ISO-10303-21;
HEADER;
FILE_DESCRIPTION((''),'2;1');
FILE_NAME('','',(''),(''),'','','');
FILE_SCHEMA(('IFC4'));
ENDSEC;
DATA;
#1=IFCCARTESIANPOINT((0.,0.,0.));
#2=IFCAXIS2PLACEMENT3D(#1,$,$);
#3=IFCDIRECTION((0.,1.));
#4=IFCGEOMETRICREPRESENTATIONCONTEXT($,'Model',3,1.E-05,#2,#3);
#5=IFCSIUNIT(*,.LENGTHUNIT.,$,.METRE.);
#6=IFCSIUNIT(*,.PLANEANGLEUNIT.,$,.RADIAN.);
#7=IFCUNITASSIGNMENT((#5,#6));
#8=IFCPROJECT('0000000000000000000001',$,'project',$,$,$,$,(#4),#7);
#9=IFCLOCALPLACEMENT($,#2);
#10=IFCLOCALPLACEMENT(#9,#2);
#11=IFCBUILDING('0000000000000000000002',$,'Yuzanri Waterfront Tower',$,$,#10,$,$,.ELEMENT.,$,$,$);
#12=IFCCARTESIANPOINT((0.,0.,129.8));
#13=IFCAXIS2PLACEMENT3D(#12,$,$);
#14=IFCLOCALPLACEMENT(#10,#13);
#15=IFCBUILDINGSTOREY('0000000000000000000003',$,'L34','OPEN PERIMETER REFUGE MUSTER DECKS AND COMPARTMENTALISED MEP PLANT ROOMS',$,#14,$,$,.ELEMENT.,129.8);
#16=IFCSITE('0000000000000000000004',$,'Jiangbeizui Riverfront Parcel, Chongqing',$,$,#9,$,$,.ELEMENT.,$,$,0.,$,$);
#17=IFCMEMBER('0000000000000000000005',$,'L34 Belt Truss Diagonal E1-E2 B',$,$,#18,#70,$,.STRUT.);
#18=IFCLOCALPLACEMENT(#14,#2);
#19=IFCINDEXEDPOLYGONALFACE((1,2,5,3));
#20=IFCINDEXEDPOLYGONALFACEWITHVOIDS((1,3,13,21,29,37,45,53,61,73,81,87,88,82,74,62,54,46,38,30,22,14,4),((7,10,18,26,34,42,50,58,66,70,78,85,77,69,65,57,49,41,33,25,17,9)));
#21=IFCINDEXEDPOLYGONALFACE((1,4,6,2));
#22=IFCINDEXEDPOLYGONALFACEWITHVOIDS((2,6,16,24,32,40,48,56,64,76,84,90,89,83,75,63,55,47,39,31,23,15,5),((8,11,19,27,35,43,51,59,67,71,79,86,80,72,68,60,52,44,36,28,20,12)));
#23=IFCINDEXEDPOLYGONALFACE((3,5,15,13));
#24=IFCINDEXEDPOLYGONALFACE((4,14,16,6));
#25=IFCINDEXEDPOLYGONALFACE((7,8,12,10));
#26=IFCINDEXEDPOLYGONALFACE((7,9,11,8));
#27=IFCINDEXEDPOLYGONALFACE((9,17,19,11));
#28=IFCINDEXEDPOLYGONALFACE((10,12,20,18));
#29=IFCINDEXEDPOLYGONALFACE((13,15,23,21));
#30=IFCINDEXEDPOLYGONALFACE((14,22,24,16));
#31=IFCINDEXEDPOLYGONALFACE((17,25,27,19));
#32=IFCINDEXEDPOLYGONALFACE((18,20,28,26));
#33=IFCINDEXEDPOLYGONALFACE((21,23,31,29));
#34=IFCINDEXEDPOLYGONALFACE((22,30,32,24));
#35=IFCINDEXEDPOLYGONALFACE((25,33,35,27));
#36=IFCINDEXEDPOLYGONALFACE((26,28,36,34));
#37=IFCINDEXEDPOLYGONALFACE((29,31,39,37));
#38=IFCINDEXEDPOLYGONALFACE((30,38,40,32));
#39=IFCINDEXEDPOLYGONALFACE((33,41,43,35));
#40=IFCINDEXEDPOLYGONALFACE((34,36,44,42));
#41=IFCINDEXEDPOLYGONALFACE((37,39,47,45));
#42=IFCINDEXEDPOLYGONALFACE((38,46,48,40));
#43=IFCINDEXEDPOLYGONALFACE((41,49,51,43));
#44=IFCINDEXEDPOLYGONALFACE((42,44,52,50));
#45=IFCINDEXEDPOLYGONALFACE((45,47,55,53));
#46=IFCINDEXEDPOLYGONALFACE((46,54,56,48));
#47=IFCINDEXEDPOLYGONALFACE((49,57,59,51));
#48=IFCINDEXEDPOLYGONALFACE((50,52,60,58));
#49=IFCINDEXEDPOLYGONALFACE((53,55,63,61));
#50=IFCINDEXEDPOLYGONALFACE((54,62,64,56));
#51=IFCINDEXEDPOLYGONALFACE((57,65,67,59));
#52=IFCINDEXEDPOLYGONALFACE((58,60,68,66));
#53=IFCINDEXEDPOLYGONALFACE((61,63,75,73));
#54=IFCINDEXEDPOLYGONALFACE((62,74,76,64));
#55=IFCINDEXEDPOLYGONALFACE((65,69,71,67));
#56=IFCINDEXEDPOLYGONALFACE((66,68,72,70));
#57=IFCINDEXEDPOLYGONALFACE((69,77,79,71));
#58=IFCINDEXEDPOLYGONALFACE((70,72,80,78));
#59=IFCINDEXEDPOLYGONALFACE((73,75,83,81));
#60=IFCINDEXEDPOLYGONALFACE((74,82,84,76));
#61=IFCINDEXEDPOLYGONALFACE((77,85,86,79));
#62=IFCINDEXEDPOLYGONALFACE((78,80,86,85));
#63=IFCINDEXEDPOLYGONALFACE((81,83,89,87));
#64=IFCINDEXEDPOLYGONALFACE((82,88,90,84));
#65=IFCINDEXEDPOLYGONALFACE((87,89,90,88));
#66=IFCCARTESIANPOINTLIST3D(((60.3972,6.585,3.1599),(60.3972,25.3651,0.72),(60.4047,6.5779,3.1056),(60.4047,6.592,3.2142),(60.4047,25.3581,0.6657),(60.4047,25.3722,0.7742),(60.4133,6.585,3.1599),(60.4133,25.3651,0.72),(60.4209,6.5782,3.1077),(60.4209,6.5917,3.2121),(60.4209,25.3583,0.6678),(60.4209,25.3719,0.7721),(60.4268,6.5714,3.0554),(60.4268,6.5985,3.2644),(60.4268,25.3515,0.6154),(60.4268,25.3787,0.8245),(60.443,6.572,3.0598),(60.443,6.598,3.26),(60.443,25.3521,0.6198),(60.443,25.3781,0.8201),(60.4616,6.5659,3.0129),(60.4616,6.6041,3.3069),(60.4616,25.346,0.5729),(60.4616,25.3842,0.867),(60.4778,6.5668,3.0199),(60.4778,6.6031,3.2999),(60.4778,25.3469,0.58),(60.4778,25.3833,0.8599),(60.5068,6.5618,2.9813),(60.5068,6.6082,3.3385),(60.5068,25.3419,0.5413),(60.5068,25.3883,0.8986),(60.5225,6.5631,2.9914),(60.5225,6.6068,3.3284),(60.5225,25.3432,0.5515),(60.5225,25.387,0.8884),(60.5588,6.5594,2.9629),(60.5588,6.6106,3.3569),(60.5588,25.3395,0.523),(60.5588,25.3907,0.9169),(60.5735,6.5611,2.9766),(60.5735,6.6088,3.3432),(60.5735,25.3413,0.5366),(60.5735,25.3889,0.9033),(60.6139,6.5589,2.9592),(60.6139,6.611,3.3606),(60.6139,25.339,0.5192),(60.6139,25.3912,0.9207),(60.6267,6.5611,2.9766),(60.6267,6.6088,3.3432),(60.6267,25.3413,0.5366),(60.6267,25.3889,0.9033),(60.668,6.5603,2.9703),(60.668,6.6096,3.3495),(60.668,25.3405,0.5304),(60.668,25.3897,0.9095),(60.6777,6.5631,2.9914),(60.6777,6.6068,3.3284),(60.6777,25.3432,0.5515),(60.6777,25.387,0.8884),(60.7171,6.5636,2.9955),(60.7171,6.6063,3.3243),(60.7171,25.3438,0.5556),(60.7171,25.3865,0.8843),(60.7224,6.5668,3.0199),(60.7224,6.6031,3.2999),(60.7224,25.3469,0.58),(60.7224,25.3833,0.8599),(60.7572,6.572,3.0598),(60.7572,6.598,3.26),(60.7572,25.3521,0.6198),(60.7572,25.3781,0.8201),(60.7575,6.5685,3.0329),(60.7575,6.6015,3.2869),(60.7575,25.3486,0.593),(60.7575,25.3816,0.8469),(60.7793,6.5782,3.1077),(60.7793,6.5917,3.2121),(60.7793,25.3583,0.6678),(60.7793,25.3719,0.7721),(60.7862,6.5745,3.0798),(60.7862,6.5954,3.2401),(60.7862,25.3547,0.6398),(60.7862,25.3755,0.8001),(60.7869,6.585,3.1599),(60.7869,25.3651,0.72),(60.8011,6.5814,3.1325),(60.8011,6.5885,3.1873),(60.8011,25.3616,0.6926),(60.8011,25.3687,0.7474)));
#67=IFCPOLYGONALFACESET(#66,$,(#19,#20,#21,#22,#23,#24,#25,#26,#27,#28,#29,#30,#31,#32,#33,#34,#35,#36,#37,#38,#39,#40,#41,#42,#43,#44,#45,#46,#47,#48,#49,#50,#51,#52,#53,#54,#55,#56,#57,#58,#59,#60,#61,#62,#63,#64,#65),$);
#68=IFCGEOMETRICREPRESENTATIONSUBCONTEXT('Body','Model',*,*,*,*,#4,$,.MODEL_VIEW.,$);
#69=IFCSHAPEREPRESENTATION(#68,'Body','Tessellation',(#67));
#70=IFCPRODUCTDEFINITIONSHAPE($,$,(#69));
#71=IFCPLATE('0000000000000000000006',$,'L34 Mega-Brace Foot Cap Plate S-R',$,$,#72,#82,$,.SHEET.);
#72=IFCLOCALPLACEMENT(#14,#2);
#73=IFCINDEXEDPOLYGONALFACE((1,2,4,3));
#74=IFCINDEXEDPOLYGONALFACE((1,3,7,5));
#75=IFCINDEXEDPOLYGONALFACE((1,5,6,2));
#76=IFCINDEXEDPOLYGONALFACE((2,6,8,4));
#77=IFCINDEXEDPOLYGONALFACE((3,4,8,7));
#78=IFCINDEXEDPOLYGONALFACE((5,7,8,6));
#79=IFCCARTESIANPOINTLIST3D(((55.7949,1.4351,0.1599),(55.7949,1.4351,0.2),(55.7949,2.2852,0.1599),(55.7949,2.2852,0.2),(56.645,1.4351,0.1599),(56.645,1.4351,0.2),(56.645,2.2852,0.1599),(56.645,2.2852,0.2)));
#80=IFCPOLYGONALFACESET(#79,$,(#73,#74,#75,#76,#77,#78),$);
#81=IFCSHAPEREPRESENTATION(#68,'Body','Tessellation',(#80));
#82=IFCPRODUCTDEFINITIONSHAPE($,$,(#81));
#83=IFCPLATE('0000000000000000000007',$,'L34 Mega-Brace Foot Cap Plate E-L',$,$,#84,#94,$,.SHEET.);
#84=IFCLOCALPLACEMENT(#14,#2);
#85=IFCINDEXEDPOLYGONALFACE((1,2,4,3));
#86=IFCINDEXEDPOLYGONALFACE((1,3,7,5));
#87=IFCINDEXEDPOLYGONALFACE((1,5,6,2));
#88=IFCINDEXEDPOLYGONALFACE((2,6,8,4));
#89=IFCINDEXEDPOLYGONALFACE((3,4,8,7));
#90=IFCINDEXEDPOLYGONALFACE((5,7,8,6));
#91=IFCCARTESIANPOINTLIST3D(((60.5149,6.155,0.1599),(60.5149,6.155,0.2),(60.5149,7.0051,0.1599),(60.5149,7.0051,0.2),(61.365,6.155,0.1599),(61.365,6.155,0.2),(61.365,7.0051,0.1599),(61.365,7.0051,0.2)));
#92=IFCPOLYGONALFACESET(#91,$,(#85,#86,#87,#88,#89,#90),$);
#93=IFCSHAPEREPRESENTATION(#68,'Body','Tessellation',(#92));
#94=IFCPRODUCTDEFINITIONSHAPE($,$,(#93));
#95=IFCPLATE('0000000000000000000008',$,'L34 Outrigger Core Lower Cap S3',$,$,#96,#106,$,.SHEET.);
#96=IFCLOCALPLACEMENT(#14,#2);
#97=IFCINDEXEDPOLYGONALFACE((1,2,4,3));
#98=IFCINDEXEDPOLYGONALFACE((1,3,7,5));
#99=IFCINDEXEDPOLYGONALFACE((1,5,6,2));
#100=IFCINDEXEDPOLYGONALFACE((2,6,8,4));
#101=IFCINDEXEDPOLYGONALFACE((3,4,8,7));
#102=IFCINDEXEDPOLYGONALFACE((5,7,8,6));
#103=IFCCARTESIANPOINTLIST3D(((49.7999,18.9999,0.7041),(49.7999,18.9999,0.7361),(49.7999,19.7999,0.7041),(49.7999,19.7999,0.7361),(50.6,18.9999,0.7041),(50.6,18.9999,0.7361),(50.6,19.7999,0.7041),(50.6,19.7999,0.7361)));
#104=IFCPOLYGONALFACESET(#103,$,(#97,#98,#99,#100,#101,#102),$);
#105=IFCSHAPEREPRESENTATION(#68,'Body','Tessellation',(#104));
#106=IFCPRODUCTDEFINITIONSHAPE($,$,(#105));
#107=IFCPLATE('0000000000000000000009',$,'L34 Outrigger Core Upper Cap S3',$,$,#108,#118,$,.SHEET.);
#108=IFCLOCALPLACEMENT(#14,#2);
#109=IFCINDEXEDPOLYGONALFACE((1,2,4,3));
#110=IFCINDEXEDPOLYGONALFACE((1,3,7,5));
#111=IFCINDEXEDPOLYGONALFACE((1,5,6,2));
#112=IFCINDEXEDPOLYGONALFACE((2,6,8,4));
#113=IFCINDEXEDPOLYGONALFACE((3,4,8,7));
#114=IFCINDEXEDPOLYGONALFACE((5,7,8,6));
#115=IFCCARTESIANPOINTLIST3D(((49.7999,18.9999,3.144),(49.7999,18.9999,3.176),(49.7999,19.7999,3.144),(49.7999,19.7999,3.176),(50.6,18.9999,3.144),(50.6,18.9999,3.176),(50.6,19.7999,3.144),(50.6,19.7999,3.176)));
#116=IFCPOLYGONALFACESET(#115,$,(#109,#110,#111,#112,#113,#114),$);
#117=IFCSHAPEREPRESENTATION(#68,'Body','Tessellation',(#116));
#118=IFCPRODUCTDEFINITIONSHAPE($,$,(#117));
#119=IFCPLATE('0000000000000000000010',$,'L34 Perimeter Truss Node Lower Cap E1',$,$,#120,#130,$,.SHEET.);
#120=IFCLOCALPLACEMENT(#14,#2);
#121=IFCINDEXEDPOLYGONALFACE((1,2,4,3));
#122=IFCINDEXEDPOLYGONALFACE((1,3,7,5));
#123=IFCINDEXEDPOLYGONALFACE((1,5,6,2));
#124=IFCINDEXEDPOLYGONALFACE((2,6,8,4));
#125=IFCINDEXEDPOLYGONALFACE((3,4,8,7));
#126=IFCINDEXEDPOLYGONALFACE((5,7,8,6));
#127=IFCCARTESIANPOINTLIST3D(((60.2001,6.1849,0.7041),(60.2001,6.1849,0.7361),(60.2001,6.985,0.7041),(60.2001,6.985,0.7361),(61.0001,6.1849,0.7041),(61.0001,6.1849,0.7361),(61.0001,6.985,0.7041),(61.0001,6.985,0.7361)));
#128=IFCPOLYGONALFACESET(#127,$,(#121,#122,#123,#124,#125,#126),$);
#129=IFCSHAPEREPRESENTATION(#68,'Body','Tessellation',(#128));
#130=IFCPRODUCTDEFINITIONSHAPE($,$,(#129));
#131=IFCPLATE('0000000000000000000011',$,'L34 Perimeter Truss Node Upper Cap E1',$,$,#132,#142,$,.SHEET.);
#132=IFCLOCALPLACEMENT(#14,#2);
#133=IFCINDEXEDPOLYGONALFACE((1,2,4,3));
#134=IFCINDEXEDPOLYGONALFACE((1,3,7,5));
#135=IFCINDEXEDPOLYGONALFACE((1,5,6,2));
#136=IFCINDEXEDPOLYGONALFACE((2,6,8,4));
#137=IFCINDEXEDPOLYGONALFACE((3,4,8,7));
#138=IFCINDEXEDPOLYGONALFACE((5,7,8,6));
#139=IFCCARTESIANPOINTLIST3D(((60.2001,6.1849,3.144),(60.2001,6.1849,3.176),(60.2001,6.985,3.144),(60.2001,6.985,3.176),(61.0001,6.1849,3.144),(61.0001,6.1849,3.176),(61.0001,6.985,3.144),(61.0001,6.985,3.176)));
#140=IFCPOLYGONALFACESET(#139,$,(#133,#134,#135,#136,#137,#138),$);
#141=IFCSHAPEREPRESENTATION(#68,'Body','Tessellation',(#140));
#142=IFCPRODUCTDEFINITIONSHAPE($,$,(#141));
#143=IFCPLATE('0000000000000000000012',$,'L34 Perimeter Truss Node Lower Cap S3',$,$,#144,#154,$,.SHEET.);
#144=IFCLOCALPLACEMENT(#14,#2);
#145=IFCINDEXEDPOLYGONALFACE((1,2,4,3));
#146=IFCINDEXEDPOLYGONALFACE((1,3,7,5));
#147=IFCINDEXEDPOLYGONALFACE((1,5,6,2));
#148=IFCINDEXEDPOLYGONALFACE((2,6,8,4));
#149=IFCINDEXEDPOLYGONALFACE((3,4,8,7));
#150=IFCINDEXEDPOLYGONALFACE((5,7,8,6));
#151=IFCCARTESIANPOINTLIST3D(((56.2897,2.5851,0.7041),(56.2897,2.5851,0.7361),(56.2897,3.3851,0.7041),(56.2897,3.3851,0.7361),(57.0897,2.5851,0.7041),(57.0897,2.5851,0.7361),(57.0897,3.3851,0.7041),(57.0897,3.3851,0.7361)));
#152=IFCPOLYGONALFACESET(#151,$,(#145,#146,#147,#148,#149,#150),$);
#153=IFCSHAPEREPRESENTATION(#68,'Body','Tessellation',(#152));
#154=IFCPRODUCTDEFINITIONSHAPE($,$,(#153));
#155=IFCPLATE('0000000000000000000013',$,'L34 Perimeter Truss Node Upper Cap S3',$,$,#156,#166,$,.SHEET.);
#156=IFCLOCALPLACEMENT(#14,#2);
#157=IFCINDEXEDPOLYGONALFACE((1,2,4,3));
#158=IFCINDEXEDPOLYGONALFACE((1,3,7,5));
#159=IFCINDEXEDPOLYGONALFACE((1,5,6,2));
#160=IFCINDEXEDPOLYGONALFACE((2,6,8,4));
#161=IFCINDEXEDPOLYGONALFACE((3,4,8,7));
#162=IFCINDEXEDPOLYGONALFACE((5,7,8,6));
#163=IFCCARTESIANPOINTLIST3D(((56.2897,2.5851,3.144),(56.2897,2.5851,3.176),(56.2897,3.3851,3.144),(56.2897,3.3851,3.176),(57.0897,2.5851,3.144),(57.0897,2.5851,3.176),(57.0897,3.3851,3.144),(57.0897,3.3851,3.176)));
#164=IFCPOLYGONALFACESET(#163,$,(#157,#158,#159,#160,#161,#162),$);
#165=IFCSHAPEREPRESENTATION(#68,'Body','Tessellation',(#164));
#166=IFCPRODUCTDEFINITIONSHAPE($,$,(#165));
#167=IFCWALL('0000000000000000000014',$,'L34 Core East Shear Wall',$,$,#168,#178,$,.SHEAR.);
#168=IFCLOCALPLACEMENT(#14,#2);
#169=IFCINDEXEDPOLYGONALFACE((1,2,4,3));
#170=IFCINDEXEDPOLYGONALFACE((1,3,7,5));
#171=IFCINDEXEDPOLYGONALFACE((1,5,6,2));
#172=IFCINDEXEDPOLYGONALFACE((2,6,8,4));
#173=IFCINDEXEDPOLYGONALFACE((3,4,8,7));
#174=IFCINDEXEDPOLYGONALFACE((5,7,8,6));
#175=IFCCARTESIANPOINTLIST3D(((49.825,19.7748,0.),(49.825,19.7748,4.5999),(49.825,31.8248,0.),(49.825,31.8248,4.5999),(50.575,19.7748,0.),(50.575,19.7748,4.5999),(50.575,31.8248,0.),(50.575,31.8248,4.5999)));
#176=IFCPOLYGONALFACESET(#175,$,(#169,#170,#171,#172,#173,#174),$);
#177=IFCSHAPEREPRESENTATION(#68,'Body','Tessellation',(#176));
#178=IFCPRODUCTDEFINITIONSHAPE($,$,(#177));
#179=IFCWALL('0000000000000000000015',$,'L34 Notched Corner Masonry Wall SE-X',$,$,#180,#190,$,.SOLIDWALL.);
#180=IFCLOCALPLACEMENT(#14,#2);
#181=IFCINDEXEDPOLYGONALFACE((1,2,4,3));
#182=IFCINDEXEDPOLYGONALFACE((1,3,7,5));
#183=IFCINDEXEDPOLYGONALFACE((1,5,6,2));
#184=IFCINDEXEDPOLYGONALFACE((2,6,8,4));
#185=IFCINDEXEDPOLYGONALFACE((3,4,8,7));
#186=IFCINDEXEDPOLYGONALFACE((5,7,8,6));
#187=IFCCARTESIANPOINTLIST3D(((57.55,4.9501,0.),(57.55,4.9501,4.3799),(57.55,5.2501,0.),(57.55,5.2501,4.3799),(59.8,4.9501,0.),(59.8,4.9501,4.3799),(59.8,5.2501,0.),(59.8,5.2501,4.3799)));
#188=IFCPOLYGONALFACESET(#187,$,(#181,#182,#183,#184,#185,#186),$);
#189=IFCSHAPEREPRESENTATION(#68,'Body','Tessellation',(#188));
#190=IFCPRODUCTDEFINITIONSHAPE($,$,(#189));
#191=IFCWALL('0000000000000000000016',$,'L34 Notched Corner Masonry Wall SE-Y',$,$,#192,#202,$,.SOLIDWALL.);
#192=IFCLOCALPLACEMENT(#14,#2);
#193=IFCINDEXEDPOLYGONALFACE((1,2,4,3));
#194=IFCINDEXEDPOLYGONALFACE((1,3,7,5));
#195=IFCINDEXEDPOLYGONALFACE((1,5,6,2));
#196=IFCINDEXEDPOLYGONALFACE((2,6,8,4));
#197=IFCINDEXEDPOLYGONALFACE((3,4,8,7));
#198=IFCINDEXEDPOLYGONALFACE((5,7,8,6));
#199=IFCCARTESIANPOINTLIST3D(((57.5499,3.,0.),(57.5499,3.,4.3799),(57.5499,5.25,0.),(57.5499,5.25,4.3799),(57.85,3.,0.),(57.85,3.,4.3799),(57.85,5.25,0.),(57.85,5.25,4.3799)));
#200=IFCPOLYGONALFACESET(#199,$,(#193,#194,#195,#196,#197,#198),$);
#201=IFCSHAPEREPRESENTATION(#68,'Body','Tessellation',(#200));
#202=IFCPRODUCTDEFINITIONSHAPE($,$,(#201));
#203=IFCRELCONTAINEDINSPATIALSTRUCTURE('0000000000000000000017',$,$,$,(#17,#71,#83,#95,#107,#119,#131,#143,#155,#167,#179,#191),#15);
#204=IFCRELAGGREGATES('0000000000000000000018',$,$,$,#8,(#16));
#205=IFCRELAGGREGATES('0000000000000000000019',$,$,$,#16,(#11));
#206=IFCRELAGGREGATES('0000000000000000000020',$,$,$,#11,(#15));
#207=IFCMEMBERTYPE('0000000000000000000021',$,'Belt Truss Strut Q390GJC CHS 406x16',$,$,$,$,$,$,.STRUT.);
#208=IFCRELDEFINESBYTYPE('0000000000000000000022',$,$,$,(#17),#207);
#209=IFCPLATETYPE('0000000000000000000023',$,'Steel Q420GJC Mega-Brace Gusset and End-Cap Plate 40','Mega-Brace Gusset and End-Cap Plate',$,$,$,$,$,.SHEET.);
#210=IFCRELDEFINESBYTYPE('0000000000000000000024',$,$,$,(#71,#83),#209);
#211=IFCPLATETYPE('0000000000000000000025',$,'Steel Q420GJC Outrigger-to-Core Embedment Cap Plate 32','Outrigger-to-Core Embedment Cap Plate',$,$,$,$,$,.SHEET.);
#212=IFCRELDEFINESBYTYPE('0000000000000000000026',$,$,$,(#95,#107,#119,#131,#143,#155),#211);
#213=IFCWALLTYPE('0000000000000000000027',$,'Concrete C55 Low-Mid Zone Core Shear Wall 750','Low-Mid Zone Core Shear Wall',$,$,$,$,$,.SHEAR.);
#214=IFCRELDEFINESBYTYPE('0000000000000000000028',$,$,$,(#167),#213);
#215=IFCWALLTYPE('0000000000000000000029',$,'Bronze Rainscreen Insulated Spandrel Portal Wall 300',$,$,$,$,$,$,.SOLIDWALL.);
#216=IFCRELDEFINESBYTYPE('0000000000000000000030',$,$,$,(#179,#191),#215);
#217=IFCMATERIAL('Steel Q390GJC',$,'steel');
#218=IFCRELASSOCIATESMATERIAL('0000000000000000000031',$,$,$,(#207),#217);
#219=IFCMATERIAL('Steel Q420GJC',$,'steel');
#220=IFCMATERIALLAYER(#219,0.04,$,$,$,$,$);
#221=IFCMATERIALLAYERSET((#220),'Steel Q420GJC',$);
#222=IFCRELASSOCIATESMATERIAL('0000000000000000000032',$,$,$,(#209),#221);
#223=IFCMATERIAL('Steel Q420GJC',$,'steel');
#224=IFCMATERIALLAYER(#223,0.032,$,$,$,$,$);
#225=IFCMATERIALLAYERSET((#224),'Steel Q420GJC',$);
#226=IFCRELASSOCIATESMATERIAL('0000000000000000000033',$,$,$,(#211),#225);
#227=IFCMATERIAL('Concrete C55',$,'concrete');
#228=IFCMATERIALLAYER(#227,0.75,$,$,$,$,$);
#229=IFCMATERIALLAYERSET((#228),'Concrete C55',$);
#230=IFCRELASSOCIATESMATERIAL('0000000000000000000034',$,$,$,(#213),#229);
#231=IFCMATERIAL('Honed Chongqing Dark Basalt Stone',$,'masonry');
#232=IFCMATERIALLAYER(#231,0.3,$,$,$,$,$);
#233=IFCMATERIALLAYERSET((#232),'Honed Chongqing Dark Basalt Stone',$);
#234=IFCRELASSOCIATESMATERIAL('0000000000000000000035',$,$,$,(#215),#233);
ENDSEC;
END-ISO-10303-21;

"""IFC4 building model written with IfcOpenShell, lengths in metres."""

from ifc_helpers import new_model, si_unit, direction, frame, frame_2d, origin, origin_2d, place, context, subcontext, project, spatial, rectangle, hollow_circle, extrude, source, transform, mapped, material, layer, layer_set, material_profile, profile_set, type_object, element, save


model = new_model("IFC4")

# Units and contexts
model_context = context("Model", 3, precision=1e-05, world=origin(), true_north=direction((0.0, 1.0)))
body_context = subcontext(model_context, "Body", "Model", "MODEL_VIEW")
ifc_project = project(units=[si_unit("LENGTHUNIT", "METRE"), si_unit("PLANEANGLEUNIT", "RADIAN")], contexts=[model_context])

# Site, building, storey
site_placement = place(None, origin())
site = spatial("IfcSite", under=ifc_project, at=site_placement, Name="Jiangbeizui Riverfront Parcel, Chongqing", CompositionType="ELEMENT", RefElevation=0.0)
building_placement = place(site_placement, origin())
building = spatial("IfcBuilding", under=site, at=building_placement, Name="Yuzanri Waterfront Tower", CompositionType="ELEMENT")
storey_placement = place(building_placement, frame((0.0, 0.0, 129.8)))
storey = spatial("IfcBuildingStorey", under=building, at=storey_placement, Name="L34", Description="OPEN PERIMETER REFUGE MUSTER DECKS AND COMPARTMENTALISED MEP PLANT ROOMS", CompositionType="ELEMENT", Elevation=129.8)

# Member
ifc_material_1 = material(Name="Steel Q390GJC", Category="steel")
ifc_material_profile_1 = material_profile(ifc_material_1, hollow_circle(Radius=0.2029, WallThickness=0.0161, at=origin_2d()), Name="CHS 406x16")
ifc_profile_set_1 = profile_set([ifc_material_profile_1], Name="Steel Q390GJC")
member_type_1 = type_object("IfcMemberType", Name="Belt Truss Strut Q390GJC CHS 406x16", PredefinedType="STRUT", material=ifc_profile_set_1)
shared_shape_1 = source(origin(), body_context, "Body", "SweptSolid", [
    extrude(hollow_circle(Radius=0.2029, WallThickness=0.0161, at=origin_2d()), origin(), (0.0, 0.0, 1.0), 18.938),
])
for number, where, z_axis, x_axis, name in (
    (1, (60.6001, 6.585, 3.1599), (0.0, 0.991665, -0.128839), (-1.0, 0.0, 0.0), "L34 Belt Truss Diagonal E1-E2 B"),
):
    element("IfcMember", number, at=place(storey_placement, frame(where, z_axis=z_axis, x_axis=x_axis)), inside=storey, type_object=member_type_1, Name=name, PredefinedType="STRUT", context=body_context, shape_type="MappedRepresentation", body=[
        mapped(shared_shape_1, transform((0.0, 0.0, 0.0), scale=1.0)),
    ])

# Plates
ifc_material_2 = material(Name="Steel Q420GJC", Category="steel")
ifc_layer_1 = layer(ifc_material_2, 0.04)
ifc_layer_set_1 = layer_set([ifc_layer_1], Name="Steel Q420GJC")
plate_type_1 = type_object("IfcPlateType", Name="Steel Q420GJC Mega-Brace Gusset and End-Cap Plate 40", Description="Mega-Brace Gusset and End-Cap Plate", PredefinedType="SHEET", material=ifc_layer_set_1)
shared_shape_2 = source(origin(), body_context, "Body", "SweptSolid", [
    extrude(rectangle(XDim=0.8501, YDim=0.8501, at=origin_2d()), origin(), (0.0, 0.0, 1.0), 0.04),
])
for number, where, z_axis, x_axis, name in (
    (2, (56.22, 1.8601, 0.1599), (0.0, 0.0, 1.0), (1.0, 0.0, 0.0), "L34 Mega-Brace Foot Cap Plate S-R"),
    (3, (60.9399, 6.5801, 0.1599), (0.0, 0.0, 1.0), (1.0, 0.0, 0.0), "L34 Mega-Brace Foot Cap Plate E-L"),
):
    element("IfcPlate", number, at=place(storey_placement, frame(where, z_axis=z_axis, x_axis=x_axis)), inside=storey, type_object=plate_type_1, Name=name, PredefinedType="SHEET", context=body_context, shape_type="MappedRepresentation", body=[
        mapped(shared_shape_2, transform((0.0, 0.0, 0.0), scale=1.0)),
    ])
ifc_material_3 = material(Name="Steel Q420GJC", Category="steel")
ifc_layer_2 = layer(ifc_material_3, 0.032)
ifc_layer_set_2 = layer_set([ifc_layer_2], Name="Steel Q420GJC")
plate_type_2 = type_object("IfcPlateType", Name="Steel Q420GJC Outrigger-to-Core Embedment Cap Plate 32", Description="Outrigger-to-Core Embedment Cap Plate", PredefinedType="SHEET", material=ifc_layer_set_2)
shared_shape_3 = source(origin(), body_context, "Body", "SweptSolid", [
    extrude(rectangle(XDim=0.8, YDim=0.8, at=origin_2d()), origin(), (0.0, 0.0, 1.0), 0.032),
])
for number, where, z_axis, x_axis, name in (
    (4, (50.2, 19.3999, 0.7041), (0.0, 0.0, 1.0), (1.0, 0.0, 0.0), "L34 Outrigger Core Lower Cap S3"),
    (5, (50.2, 19.3999, 3.144), (0.0, 0.0, 1.0), (1.0, 0.0, 0.0), "L34 Outrigger Core Upper Cap S3"),
    (6, (60.6001, 6.585, 0.7041), (0.0, 0.0, 1.0), (1.0, 0.0, 0.0), "L34 Perimeter Truss Node Lower Cap E1"),
    (7, (60.6001, 6.585, 3.144), (0.0, 0.0, 1.0), (1.0, 0.0, 0.0), "L34 Perimeter Truss Node Upper Cap E1"),
    (8, (56.6897, 2.9851, 0.7041), (0.0, 0.0, 1.0), (1.0, 0.0, 0.0), "L34 Perimeter Truss Node Lower Cap S3"),
    (9, (56.6897, 2.9851, 3.144), (0.0, 0.0, 1.0), (1.0, 0.0, 0.0), "L34 Perimeter Truss Node Upper Cap S3"),
):
    element("IfcPlate", number, at=place(storey_placement, frame(where, z_axis=z_axis, x_axis=x_axis)), inside=storey, type_object=plate_type_2, Name=name, PredefinedType="SHEET", context=body_context, shape_type="MappedRepresentation", body=[
        mapped(shared_shape_3, transform((0.0, 0.0, 0.0), scale=1.0)),
    ])

# Walls
ifc_material_4 = material(Name="Concrete C55", Category="concrete")
ifc_layer_3 = layer(ifc_material_4, 0.75)
ifc_layer_set_3 = layer_set([ifc_layer_3], Name="Concrete C55")
wall_type_1 = type_object("IfcWallType", Name="Concrete C55 Low-Mid Zone Core Shear Wall 750", Description="Low-Mid Zone Core Shear Wall", PredefinedType="SHEAR", material=ifc_layer_set_3)
shared_shape_4 = source(origin(), body_context, "Body", "SweptSolid", [
    extrude(rectangle(XDim=12.05, YDim=0.75, at=frame_2d((6.0249, 0.0))), origin(), (0.0, 0.0, 1.0), 4.5999),
])
wall_placement = place(storey_placement, frame((50.2, 19.7749, 0.0), z_axis=(0.0, 0.0, 1.0), x_axis=(0.0, 1.0, 0.0)))
element("IfcWall", 10, at=wall_placement, inside=storey, type_object=wall_type_1, Name="L34 Core East Shear Wall", PredefinedType="SHEAR", context=body_context, shape_type="MappedRepresentation", body=[
    mapped(shared_shape_4, transform((0.0, 0.0, 0.0), scale=1.0)),
])
ifc_material_5 = material(Name="Honed Chongqing Dark Basalt Stone", Category="masonry")
ifc_layer_4 = layer(ifc_material_5, 0.3)
ifc_layer_set_4 = layer_set([ifc_layer_4], Name="Honed Chongqing Dark Basalt Stone")
wall_type_2 = type_object("IfcWallType", Name="Bronze Rainscreen Insulated Spandrel Portal Wall 300", PredefinedType="SOLIDWALL", material=ifc_layer_set_4)
shared_shape_5 = source(origin(), body_context, "Body", "SweptSolid", [
    extrude(rectangle(XDim=2.25, YDim=0.3, at=frame_2d((1.125, 0.0))), origin(), (0.0, 0.0, 1.0), 4.3799),
])
for number, where, z_axis, x_axis, name in (
    (11, (57.55, 5.1001, 0.0), (0.0, 0.0, 1.0), (1.0, 0.0, 0.0), "L34 Notched Corner Masonry Wall SE-X"),
    (12, (57.7, 3.0, 0.0), (0.0, 0.0, 1.0), (0.0, 1.0, 0.0), "L34 Notched Corner Masonry Wall SE-Y"),
):
    element("IfcWall", number, at=place(storey_placement, frame(where, z_axis=z_axis, x_axis=x_axis)), inside=storey, type_object=wall_type_2, Name=name, PredefinedType="SOLIDWALL", context=body_context, shape_type="MappedRepresentation", body=[
        mapped(shared_shape_5, transform((0.0, 0.0, 0.0), scale=1.0)),
    ])

save(model, "model.ifc")
